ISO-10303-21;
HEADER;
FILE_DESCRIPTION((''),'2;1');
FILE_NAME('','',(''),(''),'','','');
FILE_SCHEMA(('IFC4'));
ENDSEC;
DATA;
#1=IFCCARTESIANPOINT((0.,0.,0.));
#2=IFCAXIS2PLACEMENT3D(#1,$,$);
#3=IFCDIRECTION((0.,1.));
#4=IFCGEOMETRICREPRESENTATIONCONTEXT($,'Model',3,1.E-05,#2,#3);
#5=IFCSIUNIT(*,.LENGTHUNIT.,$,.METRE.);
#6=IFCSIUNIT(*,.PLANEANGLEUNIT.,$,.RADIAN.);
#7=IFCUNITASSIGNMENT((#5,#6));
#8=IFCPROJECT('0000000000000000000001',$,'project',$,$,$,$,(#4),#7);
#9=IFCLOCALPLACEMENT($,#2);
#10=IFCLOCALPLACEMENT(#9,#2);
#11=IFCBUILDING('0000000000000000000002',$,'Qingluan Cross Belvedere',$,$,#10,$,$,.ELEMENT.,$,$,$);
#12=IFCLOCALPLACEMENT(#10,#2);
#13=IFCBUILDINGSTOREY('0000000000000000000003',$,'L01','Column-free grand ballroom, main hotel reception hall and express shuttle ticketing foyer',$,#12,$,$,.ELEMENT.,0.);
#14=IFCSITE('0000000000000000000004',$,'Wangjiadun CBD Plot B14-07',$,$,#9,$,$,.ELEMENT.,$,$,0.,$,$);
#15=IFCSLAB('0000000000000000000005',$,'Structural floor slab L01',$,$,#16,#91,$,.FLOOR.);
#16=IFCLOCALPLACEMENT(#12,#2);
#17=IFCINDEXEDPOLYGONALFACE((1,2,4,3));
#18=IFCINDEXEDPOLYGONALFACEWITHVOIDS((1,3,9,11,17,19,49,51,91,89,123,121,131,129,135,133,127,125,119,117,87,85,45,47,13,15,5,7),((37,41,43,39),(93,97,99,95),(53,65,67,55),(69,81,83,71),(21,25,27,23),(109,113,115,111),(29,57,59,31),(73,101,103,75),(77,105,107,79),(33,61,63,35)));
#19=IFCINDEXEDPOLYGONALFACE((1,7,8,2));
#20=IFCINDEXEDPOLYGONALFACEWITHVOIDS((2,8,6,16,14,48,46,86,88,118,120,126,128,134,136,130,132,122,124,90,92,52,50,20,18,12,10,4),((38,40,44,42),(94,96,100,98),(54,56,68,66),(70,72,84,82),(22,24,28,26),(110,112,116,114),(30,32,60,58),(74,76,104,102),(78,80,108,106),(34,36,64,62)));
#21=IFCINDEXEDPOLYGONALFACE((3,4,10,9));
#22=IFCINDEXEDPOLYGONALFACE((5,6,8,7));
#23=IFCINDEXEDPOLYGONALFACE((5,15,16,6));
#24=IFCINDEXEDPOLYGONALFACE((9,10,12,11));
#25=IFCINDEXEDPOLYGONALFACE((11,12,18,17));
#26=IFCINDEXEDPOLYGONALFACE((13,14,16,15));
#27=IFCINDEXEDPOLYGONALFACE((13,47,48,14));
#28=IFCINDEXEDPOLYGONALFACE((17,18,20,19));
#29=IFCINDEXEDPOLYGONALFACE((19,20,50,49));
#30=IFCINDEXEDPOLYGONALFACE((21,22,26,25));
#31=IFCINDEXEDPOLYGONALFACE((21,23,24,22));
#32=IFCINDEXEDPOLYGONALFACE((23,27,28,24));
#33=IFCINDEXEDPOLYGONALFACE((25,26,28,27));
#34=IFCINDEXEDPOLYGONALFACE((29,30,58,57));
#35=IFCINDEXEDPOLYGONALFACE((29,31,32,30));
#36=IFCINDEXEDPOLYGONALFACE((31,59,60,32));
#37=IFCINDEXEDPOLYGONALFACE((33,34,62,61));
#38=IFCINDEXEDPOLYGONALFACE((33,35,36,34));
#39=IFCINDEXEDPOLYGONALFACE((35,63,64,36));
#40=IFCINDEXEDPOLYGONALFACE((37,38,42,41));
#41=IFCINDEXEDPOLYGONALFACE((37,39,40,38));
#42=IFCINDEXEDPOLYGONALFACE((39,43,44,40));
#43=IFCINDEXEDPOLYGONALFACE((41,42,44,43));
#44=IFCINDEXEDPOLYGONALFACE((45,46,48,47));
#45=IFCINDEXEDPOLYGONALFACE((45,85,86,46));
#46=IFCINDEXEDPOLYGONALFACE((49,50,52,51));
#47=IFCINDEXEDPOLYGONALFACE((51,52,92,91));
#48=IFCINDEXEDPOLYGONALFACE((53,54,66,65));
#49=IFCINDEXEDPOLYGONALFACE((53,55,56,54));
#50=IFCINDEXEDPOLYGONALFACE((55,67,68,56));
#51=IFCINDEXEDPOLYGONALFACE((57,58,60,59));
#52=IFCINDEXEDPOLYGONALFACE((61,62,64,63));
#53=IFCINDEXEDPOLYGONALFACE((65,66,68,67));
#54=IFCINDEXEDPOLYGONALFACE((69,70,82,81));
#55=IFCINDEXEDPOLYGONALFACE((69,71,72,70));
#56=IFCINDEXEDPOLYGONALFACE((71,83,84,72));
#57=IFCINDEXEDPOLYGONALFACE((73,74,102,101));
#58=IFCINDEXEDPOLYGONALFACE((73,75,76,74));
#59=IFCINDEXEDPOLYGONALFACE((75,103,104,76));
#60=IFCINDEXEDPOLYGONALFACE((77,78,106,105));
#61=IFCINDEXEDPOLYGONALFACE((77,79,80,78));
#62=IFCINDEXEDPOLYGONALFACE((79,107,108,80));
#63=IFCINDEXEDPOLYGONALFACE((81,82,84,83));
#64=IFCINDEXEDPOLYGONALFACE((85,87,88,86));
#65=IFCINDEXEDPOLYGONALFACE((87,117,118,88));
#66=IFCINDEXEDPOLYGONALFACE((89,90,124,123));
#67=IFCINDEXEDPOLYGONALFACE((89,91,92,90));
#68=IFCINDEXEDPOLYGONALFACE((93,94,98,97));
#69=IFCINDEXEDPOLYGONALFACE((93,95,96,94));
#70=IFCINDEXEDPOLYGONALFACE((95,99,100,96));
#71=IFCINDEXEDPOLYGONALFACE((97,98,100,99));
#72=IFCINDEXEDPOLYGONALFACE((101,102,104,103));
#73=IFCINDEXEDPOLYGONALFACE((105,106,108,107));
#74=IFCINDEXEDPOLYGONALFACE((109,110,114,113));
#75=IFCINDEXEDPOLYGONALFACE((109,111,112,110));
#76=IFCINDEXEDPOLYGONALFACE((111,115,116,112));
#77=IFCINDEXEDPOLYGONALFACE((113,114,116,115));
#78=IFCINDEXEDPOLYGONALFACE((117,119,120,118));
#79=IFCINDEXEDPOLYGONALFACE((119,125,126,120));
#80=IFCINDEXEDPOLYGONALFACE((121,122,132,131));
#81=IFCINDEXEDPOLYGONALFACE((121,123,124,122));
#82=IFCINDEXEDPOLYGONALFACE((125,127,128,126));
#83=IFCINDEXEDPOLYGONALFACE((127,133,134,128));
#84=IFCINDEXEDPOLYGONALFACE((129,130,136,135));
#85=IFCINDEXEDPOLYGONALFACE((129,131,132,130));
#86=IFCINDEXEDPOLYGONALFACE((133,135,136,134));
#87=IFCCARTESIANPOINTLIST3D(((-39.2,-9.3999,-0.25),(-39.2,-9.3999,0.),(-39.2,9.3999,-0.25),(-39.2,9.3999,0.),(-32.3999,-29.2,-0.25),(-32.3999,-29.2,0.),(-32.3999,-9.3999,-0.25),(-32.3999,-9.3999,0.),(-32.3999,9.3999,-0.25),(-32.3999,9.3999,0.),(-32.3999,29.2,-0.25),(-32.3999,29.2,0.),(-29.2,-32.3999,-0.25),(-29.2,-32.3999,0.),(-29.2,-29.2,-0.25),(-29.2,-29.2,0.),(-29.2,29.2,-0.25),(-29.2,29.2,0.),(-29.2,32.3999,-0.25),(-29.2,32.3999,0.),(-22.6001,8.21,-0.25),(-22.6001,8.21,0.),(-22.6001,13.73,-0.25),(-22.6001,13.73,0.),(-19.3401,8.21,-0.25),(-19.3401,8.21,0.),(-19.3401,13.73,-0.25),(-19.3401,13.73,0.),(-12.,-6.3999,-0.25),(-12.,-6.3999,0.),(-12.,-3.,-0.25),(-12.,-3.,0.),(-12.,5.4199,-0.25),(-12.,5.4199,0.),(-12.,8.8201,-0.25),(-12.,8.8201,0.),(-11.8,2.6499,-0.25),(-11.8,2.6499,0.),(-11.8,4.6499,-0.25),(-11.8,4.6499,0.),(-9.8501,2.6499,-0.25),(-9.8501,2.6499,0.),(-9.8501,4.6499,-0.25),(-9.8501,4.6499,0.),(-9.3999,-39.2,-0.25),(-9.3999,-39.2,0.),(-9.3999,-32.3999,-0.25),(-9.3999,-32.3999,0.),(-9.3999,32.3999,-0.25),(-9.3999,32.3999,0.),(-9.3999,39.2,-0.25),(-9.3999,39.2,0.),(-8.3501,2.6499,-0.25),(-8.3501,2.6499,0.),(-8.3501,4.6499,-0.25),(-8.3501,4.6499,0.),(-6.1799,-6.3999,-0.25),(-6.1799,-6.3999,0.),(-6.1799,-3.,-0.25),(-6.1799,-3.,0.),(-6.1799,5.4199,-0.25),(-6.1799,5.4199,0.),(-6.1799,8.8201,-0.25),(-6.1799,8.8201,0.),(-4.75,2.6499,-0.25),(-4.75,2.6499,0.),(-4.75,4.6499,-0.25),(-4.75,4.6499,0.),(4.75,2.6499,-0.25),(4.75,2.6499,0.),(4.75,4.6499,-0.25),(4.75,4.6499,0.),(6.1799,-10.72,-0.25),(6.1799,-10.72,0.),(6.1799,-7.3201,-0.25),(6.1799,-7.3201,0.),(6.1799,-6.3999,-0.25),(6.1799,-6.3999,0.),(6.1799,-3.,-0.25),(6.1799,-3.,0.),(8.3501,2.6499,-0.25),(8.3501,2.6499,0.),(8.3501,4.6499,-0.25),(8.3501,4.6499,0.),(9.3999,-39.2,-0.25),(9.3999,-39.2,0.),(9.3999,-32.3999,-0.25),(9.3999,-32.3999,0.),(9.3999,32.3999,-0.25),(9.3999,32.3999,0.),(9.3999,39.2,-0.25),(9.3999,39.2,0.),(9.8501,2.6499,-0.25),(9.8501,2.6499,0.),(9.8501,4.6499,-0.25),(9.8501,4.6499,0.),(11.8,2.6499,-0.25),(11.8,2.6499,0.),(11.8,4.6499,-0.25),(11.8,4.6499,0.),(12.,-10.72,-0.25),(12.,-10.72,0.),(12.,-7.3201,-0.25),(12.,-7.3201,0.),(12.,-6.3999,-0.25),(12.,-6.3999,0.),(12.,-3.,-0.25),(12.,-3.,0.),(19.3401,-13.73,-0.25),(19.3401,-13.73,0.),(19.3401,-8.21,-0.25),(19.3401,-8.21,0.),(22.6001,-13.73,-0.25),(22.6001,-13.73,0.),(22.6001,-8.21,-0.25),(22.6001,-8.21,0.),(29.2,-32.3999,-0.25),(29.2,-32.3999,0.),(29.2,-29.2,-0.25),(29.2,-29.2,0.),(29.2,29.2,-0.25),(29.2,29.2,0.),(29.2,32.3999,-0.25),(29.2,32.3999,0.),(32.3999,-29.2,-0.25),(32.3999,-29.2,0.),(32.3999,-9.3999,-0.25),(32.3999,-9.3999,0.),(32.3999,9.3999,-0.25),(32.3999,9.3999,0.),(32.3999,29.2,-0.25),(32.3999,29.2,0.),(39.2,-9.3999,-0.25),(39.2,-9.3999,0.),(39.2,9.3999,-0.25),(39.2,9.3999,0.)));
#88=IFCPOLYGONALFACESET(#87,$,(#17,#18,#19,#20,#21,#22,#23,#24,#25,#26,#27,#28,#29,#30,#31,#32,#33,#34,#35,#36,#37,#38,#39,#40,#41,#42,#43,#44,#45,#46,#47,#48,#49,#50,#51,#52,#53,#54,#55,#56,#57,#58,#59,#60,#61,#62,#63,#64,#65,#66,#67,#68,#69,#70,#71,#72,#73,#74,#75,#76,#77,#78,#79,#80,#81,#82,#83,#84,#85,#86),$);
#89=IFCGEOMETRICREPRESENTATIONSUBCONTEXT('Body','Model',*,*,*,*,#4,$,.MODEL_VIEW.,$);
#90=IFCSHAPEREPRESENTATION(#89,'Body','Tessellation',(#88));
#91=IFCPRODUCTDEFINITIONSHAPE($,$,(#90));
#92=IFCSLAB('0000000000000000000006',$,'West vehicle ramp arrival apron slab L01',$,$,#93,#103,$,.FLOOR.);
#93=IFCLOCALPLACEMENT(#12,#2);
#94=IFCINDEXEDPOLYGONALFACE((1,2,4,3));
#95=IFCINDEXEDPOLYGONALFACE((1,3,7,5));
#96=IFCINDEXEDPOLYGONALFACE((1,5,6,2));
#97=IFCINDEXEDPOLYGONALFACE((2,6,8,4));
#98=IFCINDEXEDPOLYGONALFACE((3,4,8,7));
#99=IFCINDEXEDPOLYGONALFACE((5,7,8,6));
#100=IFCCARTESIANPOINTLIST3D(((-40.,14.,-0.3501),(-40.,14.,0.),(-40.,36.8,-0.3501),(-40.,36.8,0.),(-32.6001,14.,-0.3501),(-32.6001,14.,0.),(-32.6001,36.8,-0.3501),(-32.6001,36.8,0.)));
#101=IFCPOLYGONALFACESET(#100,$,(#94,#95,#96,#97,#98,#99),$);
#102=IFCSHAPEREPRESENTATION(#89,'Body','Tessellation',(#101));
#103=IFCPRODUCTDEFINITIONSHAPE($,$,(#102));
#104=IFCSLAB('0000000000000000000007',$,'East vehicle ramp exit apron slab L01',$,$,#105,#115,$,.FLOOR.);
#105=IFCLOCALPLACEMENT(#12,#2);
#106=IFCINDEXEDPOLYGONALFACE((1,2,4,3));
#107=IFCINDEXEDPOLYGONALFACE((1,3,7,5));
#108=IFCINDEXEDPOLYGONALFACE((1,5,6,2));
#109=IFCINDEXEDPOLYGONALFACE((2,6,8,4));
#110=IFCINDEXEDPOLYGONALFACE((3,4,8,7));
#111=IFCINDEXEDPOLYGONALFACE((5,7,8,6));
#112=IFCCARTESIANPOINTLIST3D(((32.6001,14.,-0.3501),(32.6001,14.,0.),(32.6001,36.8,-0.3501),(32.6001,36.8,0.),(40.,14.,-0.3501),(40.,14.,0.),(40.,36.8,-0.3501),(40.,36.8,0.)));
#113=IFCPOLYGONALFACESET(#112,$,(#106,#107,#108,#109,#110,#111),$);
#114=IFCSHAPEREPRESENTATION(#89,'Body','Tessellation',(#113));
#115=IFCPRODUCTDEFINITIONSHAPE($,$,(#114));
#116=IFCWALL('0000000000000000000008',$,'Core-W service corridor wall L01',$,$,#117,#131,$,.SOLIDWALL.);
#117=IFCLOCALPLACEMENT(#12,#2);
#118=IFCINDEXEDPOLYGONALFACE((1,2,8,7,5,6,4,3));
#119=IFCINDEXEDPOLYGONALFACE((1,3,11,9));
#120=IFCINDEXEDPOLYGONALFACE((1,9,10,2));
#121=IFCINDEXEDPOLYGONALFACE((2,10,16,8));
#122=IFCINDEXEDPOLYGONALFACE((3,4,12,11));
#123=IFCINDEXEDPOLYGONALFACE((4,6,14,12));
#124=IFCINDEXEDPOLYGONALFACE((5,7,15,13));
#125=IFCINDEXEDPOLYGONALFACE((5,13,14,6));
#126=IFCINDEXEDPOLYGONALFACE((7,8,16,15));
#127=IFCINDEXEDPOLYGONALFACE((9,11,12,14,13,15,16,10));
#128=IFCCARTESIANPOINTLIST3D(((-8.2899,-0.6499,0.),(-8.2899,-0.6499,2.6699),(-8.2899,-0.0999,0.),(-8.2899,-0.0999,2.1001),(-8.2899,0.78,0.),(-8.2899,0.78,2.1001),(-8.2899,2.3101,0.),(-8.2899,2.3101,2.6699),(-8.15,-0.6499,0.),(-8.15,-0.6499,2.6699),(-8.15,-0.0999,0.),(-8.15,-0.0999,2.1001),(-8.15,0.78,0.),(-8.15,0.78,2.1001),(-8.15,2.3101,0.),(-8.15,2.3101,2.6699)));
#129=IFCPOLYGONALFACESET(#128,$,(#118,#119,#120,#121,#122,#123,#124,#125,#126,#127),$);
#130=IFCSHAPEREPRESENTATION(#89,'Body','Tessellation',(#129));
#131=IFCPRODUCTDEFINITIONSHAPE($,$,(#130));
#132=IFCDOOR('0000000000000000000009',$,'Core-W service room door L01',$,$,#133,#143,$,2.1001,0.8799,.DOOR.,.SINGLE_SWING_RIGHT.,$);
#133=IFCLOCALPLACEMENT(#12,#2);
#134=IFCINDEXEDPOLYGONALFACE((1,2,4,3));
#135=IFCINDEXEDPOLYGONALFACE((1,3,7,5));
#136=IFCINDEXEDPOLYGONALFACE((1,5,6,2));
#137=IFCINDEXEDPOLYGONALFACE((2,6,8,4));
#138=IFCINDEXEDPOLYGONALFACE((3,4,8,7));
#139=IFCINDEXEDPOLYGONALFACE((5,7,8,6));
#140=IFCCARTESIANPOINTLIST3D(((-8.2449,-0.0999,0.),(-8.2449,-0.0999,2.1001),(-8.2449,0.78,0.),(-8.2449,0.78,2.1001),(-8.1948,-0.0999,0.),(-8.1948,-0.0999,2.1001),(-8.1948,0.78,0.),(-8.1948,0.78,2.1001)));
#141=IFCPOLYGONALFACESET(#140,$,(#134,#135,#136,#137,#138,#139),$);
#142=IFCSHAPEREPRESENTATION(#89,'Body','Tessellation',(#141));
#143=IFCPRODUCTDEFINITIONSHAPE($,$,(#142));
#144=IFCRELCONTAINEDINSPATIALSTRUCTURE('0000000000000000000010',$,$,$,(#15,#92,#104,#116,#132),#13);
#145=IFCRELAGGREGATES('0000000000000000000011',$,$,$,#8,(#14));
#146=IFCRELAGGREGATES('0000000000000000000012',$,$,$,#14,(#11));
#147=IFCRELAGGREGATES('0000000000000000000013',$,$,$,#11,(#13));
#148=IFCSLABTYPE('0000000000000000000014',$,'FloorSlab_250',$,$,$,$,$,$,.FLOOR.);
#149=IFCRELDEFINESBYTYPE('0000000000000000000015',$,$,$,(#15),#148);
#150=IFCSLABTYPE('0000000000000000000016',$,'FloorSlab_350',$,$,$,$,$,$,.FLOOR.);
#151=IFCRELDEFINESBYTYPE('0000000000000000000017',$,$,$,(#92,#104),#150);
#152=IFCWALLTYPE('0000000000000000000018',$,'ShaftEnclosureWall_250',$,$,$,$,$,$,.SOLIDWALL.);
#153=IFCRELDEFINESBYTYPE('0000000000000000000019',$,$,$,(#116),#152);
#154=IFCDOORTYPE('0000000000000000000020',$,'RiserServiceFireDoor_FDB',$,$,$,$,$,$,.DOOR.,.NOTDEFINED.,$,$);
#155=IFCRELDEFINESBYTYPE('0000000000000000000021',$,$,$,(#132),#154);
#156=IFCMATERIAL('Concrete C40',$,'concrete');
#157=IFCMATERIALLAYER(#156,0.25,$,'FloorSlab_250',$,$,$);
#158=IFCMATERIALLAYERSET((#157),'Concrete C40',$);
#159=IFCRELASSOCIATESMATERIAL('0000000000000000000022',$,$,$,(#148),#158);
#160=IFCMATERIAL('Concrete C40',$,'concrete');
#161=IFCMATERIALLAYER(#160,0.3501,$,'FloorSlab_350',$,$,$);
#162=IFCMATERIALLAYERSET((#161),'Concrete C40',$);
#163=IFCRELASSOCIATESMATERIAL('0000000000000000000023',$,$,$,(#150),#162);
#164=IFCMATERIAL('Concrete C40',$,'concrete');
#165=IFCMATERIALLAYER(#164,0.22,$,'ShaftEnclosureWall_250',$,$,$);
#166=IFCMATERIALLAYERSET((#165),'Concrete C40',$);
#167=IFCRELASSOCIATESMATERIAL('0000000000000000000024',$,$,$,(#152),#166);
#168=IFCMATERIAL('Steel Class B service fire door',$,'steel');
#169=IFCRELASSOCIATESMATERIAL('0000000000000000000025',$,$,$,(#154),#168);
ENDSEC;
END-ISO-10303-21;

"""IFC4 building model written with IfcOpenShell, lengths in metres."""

from ifc_helpers import new_model, si_unit, direction, frame, frame_2d, origin, place, context, subcontext, project, spatial, polyline, rectangle, outline, extrude, material, layer, layer_set, type_object, element, fill, save


model = new_model("IFC4")

# Units and contexts
model_context = context("Model", 3, precision=1e-05, world=origin(), true_north=direction((0.0, 1.0)))
body_context = subcontext(model_context, "Body", "Model", "MODEL_VIEW")
ifc_project = project(units=[si_unit("LENGTHUNIT", "METRE"), si_unit("PLANEANGLEUNIT", "RADIAN")], contexts=[model_context])

# Site, building, storey
site_placement = place(None, origin())
site = spatial("IfcSite", under=ifc_project, at=site_placement, Name="Wangjiadun CBD Plot B14-07", CompositionType="ELEMENT", RefElevation=0.0)
building_placement = place(site_placement, origin())
building = spatial("IfcBuilding", under=site, at=building_placement, Name="Qingluan Cross Belvedere", CompositionType="ELEMENT")
storey_placement = place(building_placement, origin())
storey = spatial("IfcBuildingStorey", under=building, at=storey_placement, Name="L01", Description="Column-free grand ballroom, main hotel reception hall and express shuttle ticketing foyer", CompositionType="ELEMENT", Elevation=0.0)

# Slabs
ifc_material_1 = material(Name="Concrete C40", Category="concrete")
ifc_layer_1 = layer(ifc_material_1, 0.25, Name="FloorSlab_250")
ifc_layer_set_1 = layer_set([ifc_layer_1], Name="Concrete C40")
slab_type_1 = type_object("IfcSlabType", Name="FloorSlab_250", PredefinedType="FLOOR", material=ifc_layer_set_1)
slab_1_placement = place(storey_placement, frame((0.0, 0.0, -0.25)))
element("IfcSlab", 1, at=slab_1_placement, inside=storey, type_object=slab_type_1, Name="Structural floor slab L01", PredefinedType="FLOOR", context=body_context, shape_type="SweptSolid", body=[
    extrude(outline(polyline([(29.2, -32.3999), (29.2, -29.2), (32.3999, -29.2), (32.3999, -9.3999), (39.2, -9.3999), (39.2, 9.3999), (32.3999, 9.3999), (32.3999, 29.2), (29.2, 29.2), (29.2, 32.3999), (9.3999, 32.3999), (9.3999, 39.2), (-9.3999, 39.2), (-9.3999, 32.3999), (-29.2, 32.3999), (-29.2, 29.2), (-32.3999, 29.2), (-32.3999, 9.3999), (-39.2, 9.3999), (-39.2, -9.3999), (-32.3999, -9.3999), (-32.3999, -29.2), (-29.2, -29.2), (-29.2, -32.3999), (-9.3999, -32.3999), (-9.3999, -39.2), (9.3999, -39.2), (9.3999, -32.3999), (29.2, -32.3999)]), holes=[polyline([(-12.0, -3.0), (-6.1799, -3.0), (-6.1799, -6.3999), (-12.0, -6.3999), (-12.0, -3.0)]), polyline([(6.1799, -3.0), (12.0, -3.0), (12.0, -6.3999), (6.1799, -6.3999), (6.1799, -3.0)]), polyline([(-12.0, 8.8201), (-6.1799, 8.8201), (-6.1799, 5.4199), (-12.0, 5.4199), (-12.0, 8.8201)]), polyline([(6.1799, -7.3201), (12.0, -7.3201), (12.0, -10.72), (6.1799, -10.72), (6.1799, -7.3201)]), polyline([(-22.6001, 13.73), (-19.3401, 13.73), (-19.3401, 8.21), (-22.6001, 8.21), (-22.6001, 13.73)]), polyline([(19.3401, -8.21), (22.6001, -8.21), (22.6001, -13.73), (19.3401, -13.73), (19.3401, -8.21)]), polyline([(-11.8, 4.6499), (-9.8501, 4.6499), (-9.8501, 2.6499), (-11.8, 2.6499), (-11.8, 4.6499)]), polyline([(-8.3501, 4.6499), (-4.75, 4.6499), (-4.75, 2.6499), (-8.3501, 2.6499), (-8.3501, 4.6499)]), polyline([(4.75, 4.6499), (8.3501, 4.6499), (8.3501, 2.6499), (4.75, 2.6499), (4.75, 4.6499)]), polyline([(9.8501, 4.6499), (11.8, 4.6499), (11.8, 2.6499), (9.8501, 2.6499), (9.8501, 4.6499)])]), origin(), (0.0, 0.0, 1.0), 0.25),
])
ifc_material_2 = material(Name="Concrete C40", Category="concrete")
ifc_layer_2 = layer(ifc_material_2, 0.3501, Name="FloorSlab_350")
ifc_layer_set_2 = layer_set([ifc_layer_2], Name="Concrete C40")
slab_type_2 = type_object("IfcSlabType", Name="FloorSlab_350", PredefinedType="FLOOR", material=ifc_layer_set_2)
slab_2_placement = place(storey_placement, frame((0.0, 0.0, -0.3501)))
element("IfcSlab", 2, at=slab_2_placement, inside=storey, type_object=slab_type_2, Name="West vehicle ramp arrival apron slab L01", PredefinedType="FLOOR", context=body_context, shape_type="SweptSolid", body=[
    extrude(outline(polyline([(-32.6001, 14.0), (-32.6001, 36.8), (-40.0, 36.8), (-40.0, 14.0), (-32.6001, 14.0)])), origin(), (0.0, 0.0, 1.0), 0.3501),
])
slab_3_placement = place(storey_placement, frame((0.0, 0.0, -0.3501)))
element("IfcSlab", 3, at=slab_3_placement, inside=storey, type_object=slab_type_2, Name="East vehicle ramp exit apron slab L01", PredefinedType="FLOOR", context=body_context, shape_type="SweptSolid", body=[
    extrude(outline(polyline([(40.0, 14.0), (40.0, 36.8), (32.6001, 36.8), (32.6001, 14.0), (40.0, 14.0)])), origin(), (0.0, 0.0, 1.0), 0.3501),
])

# Wall, opening, door
ifc_material_3 = material(Name="Concrete C40", Category="concrete")
ifc_layer_3 = layer(ifc_material_3, 0.22, Name="ShaftEnclosureWall_250")
ifc_layer_set_3 = layer_set([ifc_layer_3], Name="Concrete C40")
wall_type_1 = type_object("IfcWallType", Name="ShaftEnclosureWall_250", PredefinedType="SOLIDWALL", material=ifc_layer_set_3)
wall_1_placement = place(storey_placement, frame((-8.22, -0.6499, 0.0), z_axis=(0.0, 0.0, 1.0), x_axis=(0.0, 1.0, 0.0)))
wall_1 = element("IfcWall", 4, at=wall_1_placement, inside=storey, type_object=wall_type_1, Name="Core-W service corridor wall L01", PredefinedType="SOLIDWALL", context=body_context, shape_type="SweptSolid", body=[
    extrude(rectangle(XDim=2.96, YDim=0.1399, at=frame_2d((1.48, 0.0))), origin(), (0.0, 0.0, 1.0), 2.6699),
])
opening_1_placement = place(wall_1_placement, frame((0.55, 0.0, 0.0)))
opening_1 = element("IfcOpeningElement", 5, at=opening_1_placement, cuts=wall_1, PredefinedType="OPENING", context=body_context, shape_type="SweptSolid", body=[
    extrude(rectangle(XDim=0.8799, YDim=2.1001, at=frame_2d((0.4399, 1.05))), frame((0.0, 0.0798, 0.0), z_axis=(0.0, -1.0, 0.0), x_axis=(1.0, 0.0, 0.0)), (0.0, 0.0, 1.0), 0.1599),
])
ifc_material_4 = material(Name="Steel Class B service fire door", Category="steel")
door_type_1 = type_object("IfcDoorType", Name="RiserServiceFireDoor_FDB", OperationType="NOTDEFINED", PredefinedType="DOOR", material=ifc_material_4)
door_1_placement = place(opening_1_placement, origin())
door_1 = element("IfcDoor", 6, at=door_1_placement, inside=storey, type_object=door_type_1, Name="Core-W service room door L01", OperationType="SINGLE_SWING_RIGHT", OverallHeight=2.1001, OverallWidth=0.8799, PredefinedType="DOOR", context=body_context, shape_type="SweptSolid", body=[
    extrude(rectangle(XDim=0.8799, YDim=2.1001, at=frame_2d((0.4399, 1.05))), frame((0.0, 0.0249, 0.0), z_axis=(0.0, -1.0, 0.0), x_axis=(1.0, 0.0, 0.0)), (0.0, 0.0, 1.0), 0.05),
])
fill(opening_1, door_1)

save(model, "model.ifc")
